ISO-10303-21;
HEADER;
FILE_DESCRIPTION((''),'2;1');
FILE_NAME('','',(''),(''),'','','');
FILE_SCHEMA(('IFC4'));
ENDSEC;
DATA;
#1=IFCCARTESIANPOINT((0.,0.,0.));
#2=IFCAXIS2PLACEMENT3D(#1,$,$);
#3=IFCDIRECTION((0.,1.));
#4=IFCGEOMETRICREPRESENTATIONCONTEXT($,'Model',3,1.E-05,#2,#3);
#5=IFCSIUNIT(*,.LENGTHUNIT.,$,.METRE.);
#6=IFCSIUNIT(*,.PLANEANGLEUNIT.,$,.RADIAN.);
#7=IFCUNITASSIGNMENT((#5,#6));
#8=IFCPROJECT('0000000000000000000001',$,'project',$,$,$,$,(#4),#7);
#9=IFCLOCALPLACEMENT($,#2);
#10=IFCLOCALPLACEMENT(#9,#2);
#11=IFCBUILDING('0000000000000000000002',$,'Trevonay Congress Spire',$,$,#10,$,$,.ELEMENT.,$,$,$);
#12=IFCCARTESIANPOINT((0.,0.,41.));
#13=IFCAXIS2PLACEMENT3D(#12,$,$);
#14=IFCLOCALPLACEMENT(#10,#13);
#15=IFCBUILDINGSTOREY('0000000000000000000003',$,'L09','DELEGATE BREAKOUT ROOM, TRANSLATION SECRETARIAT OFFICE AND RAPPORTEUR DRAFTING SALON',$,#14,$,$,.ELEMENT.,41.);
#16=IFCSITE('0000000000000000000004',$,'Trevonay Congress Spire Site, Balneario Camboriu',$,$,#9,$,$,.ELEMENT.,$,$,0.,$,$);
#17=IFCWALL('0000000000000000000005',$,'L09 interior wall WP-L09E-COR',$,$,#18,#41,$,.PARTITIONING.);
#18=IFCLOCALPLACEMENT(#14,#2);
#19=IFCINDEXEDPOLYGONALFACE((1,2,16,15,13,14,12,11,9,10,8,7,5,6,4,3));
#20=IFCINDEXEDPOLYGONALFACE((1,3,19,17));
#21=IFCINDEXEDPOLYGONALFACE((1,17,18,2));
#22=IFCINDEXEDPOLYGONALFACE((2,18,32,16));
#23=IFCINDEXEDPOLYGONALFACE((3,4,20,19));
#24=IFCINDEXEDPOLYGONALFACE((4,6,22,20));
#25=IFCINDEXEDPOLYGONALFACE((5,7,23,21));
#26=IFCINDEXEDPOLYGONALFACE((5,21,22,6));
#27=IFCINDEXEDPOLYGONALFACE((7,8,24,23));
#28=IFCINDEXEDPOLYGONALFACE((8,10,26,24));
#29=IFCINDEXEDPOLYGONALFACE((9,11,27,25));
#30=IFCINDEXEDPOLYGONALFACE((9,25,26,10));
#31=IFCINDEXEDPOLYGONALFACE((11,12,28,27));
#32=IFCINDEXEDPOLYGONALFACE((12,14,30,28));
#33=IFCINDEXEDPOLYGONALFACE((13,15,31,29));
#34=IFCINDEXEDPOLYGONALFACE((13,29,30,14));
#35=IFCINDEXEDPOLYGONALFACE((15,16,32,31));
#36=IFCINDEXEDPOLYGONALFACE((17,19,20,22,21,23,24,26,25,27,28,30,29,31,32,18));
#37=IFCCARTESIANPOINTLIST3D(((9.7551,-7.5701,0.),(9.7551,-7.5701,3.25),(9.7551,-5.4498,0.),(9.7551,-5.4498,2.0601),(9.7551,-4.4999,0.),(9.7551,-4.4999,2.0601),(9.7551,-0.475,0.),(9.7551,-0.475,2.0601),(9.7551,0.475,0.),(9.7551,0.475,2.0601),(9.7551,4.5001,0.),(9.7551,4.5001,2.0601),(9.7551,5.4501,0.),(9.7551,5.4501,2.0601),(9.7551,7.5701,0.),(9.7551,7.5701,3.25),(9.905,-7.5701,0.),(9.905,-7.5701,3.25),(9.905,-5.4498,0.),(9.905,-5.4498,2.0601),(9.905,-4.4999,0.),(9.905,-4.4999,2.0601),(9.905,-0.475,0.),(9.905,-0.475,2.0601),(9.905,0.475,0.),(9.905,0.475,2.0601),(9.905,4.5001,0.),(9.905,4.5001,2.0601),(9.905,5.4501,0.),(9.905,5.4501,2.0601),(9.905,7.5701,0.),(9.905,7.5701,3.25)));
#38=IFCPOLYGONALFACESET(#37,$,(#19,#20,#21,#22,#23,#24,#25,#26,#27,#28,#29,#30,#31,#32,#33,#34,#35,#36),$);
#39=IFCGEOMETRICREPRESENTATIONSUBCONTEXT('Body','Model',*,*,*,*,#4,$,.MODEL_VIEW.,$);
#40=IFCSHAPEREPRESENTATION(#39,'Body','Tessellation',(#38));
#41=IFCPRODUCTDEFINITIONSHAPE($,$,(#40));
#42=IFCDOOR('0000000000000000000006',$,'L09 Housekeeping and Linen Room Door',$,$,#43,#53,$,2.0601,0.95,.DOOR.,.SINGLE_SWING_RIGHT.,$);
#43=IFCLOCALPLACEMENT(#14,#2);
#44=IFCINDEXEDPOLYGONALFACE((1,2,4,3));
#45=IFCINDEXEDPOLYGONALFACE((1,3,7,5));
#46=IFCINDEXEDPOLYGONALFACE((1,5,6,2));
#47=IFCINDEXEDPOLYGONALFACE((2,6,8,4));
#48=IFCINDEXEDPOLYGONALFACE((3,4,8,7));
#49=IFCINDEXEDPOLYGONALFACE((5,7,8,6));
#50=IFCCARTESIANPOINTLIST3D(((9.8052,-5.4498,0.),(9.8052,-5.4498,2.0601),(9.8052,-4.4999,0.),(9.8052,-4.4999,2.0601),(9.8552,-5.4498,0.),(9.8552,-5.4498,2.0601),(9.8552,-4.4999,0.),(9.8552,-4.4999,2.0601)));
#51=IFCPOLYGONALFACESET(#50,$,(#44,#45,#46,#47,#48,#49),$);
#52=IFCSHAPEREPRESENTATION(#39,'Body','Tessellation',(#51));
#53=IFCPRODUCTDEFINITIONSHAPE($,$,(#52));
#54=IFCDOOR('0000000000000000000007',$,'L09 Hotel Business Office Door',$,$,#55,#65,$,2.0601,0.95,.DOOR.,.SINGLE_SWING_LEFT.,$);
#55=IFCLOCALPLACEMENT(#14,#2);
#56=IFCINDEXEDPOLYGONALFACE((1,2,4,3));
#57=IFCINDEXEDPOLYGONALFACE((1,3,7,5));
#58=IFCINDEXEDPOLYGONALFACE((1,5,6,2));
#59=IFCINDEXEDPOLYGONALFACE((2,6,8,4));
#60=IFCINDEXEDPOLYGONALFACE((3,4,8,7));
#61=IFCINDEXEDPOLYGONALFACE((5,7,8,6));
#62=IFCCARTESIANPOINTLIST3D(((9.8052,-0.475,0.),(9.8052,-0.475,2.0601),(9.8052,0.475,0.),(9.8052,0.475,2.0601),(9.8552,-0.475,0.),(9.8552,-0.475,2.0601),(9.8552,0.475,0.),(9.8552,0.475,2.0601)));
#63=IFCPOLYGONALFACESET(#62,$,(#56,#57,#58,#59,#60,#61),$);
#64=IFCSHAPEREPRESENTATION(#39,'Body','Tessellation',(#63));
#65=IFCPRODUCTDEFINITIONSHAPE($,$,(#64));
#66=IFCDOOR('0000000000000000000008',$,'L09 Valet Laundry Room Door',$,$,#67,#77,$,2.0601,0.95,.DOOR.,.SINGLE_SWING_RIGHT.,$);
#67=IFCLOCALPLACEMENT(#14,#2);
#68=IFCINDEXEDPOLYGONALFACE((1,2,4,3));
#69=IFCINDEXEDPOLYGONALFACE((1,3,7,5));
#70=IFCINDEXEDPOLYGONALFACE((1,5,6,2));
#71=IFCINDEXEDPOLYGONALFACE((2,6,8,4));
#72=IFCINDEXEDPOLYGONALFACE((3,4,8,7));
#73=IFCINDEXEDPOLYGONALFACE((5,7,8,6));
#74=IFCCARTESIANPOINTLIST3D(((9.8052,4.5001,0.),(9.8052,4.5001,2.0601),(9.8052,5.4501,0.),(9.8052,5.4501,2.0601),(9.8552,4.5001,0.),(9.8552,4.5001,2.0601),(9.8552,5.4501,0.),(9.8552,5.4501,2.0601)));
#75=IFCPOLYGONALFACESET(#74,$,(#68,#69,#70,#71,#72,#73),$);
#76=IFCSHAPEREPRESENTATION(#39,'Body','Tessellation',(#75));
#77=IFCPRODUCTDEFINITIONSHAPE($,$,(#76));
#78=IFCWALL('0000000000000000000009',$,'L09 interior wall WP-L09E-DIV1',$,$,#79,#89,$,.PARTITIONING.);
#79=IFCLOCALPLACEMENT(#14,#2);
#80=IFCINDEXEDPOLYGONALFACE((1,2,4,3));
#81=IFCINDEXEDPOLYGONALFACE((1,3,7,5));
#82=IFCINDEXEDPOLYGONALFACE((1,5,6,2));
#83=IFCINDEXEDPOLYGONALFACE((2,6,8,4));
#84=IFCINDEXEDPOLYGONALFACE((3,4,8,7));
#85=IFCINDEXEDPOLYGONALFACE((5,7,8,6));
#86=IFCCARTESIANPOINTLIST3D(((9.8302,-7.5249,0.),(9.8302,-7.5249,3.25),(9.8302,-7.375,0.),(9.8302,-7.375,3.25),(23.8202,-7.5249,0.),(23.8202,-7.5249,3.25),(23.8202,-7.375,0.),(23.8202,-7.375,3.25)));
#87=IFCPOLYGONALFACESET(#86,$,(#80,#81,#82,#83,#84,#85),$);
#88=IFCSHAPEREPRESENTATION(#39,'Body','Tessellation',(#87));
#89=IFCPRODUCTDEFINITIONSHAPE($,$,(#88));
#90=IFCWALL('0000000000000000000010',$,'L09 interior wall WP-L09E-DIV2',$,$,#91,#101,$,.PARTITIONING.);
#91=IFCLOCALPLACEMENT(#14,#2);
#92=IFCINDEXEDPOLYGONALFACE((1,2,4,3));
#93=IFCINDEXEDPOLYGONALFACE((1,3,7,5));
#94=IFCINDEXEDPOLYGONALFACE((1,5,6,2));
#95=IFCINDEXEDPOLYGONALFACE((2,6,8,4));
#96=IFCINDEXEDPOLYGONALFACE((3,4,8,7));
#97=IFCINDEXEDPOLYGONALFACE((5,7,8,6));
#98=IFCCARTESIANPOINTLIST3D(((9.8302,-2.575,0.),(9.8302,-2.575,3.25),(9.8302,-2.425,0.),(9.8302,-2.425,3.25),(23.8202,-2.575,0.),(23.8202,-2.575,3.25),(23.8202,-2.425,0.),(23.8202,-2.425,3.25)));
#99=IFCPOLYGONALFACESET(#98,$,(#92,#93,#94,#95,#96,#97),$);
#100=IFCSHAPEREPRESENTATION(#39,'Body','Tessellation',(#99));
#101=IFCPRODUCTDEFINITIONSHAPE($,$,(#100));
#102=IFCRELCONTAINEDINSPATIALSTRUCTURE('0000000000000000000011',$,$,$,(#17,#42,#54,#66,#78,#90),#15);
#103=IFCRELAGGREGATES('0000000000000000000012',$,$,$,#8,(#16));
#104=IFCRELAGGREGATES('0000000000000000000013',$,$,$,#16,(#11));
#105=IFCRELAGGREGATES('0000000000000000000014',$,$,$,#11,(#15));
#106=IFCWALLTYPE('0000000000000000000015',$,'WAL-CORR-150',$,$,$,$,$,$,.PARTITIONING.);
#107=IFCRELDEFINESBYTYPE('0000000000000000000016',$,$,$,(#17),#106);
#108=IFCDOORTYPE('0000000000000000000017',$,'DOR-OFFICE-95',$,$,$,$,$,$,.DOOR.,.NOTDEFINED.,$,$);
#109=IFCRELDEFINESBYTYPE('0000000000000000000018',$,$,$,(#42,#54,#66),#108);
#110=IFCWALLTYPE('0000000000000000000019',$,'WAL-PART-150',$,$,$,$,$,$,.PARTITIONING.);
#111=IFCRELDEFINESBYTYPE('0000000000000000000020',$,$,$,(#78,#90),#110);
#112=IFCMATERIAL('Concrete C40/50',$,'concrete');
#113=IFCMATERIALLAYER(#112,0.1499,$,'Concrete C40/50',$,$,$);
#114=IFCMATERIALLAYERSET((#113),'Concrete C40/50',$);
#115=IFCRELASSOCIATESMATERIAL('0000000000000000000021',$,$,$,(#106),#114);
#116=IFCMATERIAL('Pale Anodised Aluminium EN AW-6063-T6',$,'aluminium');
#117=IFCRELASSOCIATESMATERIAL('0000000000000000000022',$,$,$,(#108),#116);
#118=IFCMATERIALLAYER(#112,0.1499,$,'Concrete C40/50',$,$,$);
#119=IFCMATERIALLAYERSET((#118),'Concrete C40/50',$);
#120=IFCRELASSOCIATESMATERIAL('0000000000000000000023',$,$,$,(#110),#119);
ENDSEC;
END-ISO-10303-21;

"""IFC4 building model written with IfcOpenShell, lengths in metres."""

from ifc_helpers import new_model, si_unit, direction, frame, frame_2d, origin, place, context, subcontext, project, spatial, rectangle, extrude, material, layer, layer_set, type_object, element, fill, save


model = new_model("IFC4")

# Units and contexts
model_context = context("Model", 3, precision=1e-05, world=origin(), true_north=direction((0.0, 1.0)))
body_context = subcontext(model_context, "Body", "Model", "MODEL_VIEW")
ifc_project = project(units=[si_unit("LENGTHUNIT", "METRE"), si_unit("PLANEANGLEUNIT", "RADIAN")], contexts=[model_context])

# Site, building, storey
site_placement = place(None, origin())
site = spatial("IfcSite", under=ifc_project, at=site_placement, Name="Trevonay Congress Spire Site, Balneario Camboriu", CompositionType="ELEMENT", RefElevation=0.0)
building_placement = place(site_placement, origin())
building = spatial("IfcBuilding", under=site, at=building_placement, Name="Trevonay Congress Spire", CompositionType="ELEMENT")
storey_placement = place(building_placement, frame((0.0, 0.0, 41.0)))
storey = spatial("IfcBuildingStorey", under=building, at=storey_placement, Name="L09", Description="DELEGATE BREAKOUT ROOM, TRANSLATION SECRETARIAT OFFICE AND RAPPORTEUR DRAFTING SALON", CompositionType="ELEMENT", Elevation=41.0)

# Shared definitions
ifc_material_1 = material(Name="Pale Anodised Aluminium EN AW-6063-T6", Category="aluminium")

# Wall, openings, doors
ifc_material_2 = material(Name="Concrete C40/50", Category="concrete")
ifc_layer_1 = layer(ifc_material_2, 0.1499, Name="Concrete C40/50")
ifc_layer_set_1 = layer_set([ifc_layer_1], Name="Concrete C40/50")
wall_type_1 = type_object("IfcWallType", Name="WAL-CORR-150", PredefinedType="PARTITIONING", material=ifc_layer_set_1)
wall_placement = place(storey_placement, frame((9.8301, -7.5701, 0.0), z_axis=(0.0, 0.0, 1.0), x_axis=(0.0, 1.0, 0.0)))
wall = element("IfcWall", 1, at=wall_placement, inside=storey, type_object=wall_type_1, Name="L09 interior wall WP-L09E-COR", PredefinedType="PARTITIONING", context=body_context, shape_type="SweptSolid", body=[
    extrude(rectangle(XDim=15.1401, YDim=0.1499, at=frame_2d((7.5701, 0.0))), origin(), (0.0, 0.0, 1.0), 3.25),
])
opening_1_placement = place(wall_placement, frame((2.1201, 0.0, 0.0)))
opening_1 = element("IfcOpeningElement", 2, at=opening_1_placement, cuts=wall, PredefinedType="OPENING", context=body_context, shape_type="SweptSolid", body=[
    extrude(rectangle(XDim=0.95, YDim=2.0601, at=frame_2d((0.4751, 1.03))), frame((0.0, 0.085, 0.0), z_axis=(0.0, -1.0, 0.0), x_axis=(1.0, 0.0, 0.0)), (0.0, 0.0, 1.0), 0.1699),
])
opening_2_placement = place(wall_placement, frame((7.095, 0.0, 0.0)))
opening_2 = element("IfcOpeningElement", 3, at=opening_2_placement, cuts=wall, PredefinedType="OPENING", context=body_context, shape_type="SweptSolid", body=[
    extrude(rectangle(XDim=0.95, YDim=2.0601, at=frame_2d((0.4751, 1.03))), frame((0.0, 0.085, 0.0), z_axis=(0.0, -1.0, 0.0), x_axis=(1.0, 0.0, 0.0)), (0.0, 0.0, 1.0), 0.1699),
])
opening_3_placement = place(wall_placement, frame((12.0701, 0.0, 0.0)))
opening_3 = element("IfcOpeningElement", 4, at=opening_3_placement, cuts=wall, PredefinedType="OPENING", context=body_context, shape_type="SweptSolid", body=[
    extrude(rectangle(XDim=0.95, YDim=2.0601, at=frame_2d((0.4751, 1.03))), frame((0.0, 0.085, 0.0), z_axis=(0.0, -1.0, 0.0), x_axis=(1.0, 0.0, 0.0)), (0.0, 0.0, 1.0), 0.1699),
])
door_type = type_object("IfcDoorType", Name="DOR-OFFICE-95", OperationType="NOTDEFINED", PredefinedType="DOOR", material=ifc_material_1)
door_1_placement = place(opening_1_placement, origin())
door_1 = element("IfcDoor", 5, at=door_1_placement, inside=storey, type_object=door_type, Name="L09 Housekeeping and Linen Room Door", OperationType="SINGLE_SWING_RIGHT", OverallHeight=2.0601, OverallWidth=0.95, PredefinedType="DOOR", context=body_context, shape_type="SweptSolid", body=[
    extrude(rectangle(XDim=0.95, YDim=2.0601, at=frame_2d((0.4751, 1.03))), frame((0.0, 0.0249, 0.0), z_axis=(0.0, -1.0, 0.0), x_axis=(1.0, 0.0, 0.0)), (0.0, 0.0, 1.0), 0.05),
])
fill(opening_1, door_1)
door_2_placement = place(opening_2_placement, origin())
door_2 = element("IfcDoor", 6, at=door_2_placement, inside=storey, type_object=door_type, Name="L09 Hotel Business Office Door", OperationType="SINGLE_SWING_LEFT", OverallHeight=2.0601, OverallWidth=0.95, PredefinedType="DOOR", context=body_context, shape_type="SweptSolid", body=[
    extrude(rectangle(XDim=0.95, YDim=2.0601, at=frame_2d((0.4751, 1.03))), frame((0.0, 0.0249, 0.0), z_axis=(0.0, -1.0, 0.0), x_axis=(1.0, 0.0, 0.0)), (0.0, 0.0, 1.0), 0.05),
])
fill(opening_2, door_2)
door_3_placement = place(opening_3_placement, origin())
door_3 = element("IfcDoor", 7, at=door_3_placement, inside=storey, type_object=door_type, Name="L09 Valet Laundry Room Door", OperationType="SINGLE_SWING_RIGHT", OverallHeight=2.0601, OverallWidth=0.95, PredefinedType="DOOR", context=body_context, shape_type="SweptSolid", body=[
    extrude(rectangle(XDim=0.95, YDim=2.0601, at=frame_2d((0.4751, 1.03))), frame((0.0, 0.0249, 0.0), z_axis=(0.0, -1.0, 0.0), x_axis=(1.0, 0.0, 0.0)), (0.0, 0.0, 1.0), 0.05),
])
fill(opening_3, door_3)

# Walls
ifc_layer_2 = layer(ifc_material_2, 0.1499, Name="Concrete C40/50")
ifc_layer_set_2 = layer_set([ifc_layer_2], Name="Concrete C40/50")
wall_type_2 = type_object("IfcWallType", Name="WAL-PART-150", PredefinedType="PARTITIONING", material=ifc_layer_set_2)
for number, where, z_axis, x_axis, name in (
    (8, (9.8301, -7.45, 0.0), (0.0, 0.0, 1.0), (1.0, 0.0, 0.0), "L09 interior wall WP-L09E-DIV1"),
    (9, (9.8301, -2.5, 0.0), (0.0, 0.0, 1.0), (1.0, 0.0, 0.0), "L09 interior wall WP-L09E-DIV2"),
):
    element("IfcWall", number, at=place(storey_placement, frame(where, z_axis=z_axis, x_axis=x_axis)), inside=storey, type_object=wall_type_2, Name=name, PredefinedType="PARTITIONING", context=body_context, shape_type="SweptSolid", body=[
        extrude(rectangle(XDim=13.99, YDim=0.1499, at=frame_2d((6.9951, 0.0))), origin(), (0.0, 0.0, 1.0), 3.25),
    ])

save(model, "model.ifc")
